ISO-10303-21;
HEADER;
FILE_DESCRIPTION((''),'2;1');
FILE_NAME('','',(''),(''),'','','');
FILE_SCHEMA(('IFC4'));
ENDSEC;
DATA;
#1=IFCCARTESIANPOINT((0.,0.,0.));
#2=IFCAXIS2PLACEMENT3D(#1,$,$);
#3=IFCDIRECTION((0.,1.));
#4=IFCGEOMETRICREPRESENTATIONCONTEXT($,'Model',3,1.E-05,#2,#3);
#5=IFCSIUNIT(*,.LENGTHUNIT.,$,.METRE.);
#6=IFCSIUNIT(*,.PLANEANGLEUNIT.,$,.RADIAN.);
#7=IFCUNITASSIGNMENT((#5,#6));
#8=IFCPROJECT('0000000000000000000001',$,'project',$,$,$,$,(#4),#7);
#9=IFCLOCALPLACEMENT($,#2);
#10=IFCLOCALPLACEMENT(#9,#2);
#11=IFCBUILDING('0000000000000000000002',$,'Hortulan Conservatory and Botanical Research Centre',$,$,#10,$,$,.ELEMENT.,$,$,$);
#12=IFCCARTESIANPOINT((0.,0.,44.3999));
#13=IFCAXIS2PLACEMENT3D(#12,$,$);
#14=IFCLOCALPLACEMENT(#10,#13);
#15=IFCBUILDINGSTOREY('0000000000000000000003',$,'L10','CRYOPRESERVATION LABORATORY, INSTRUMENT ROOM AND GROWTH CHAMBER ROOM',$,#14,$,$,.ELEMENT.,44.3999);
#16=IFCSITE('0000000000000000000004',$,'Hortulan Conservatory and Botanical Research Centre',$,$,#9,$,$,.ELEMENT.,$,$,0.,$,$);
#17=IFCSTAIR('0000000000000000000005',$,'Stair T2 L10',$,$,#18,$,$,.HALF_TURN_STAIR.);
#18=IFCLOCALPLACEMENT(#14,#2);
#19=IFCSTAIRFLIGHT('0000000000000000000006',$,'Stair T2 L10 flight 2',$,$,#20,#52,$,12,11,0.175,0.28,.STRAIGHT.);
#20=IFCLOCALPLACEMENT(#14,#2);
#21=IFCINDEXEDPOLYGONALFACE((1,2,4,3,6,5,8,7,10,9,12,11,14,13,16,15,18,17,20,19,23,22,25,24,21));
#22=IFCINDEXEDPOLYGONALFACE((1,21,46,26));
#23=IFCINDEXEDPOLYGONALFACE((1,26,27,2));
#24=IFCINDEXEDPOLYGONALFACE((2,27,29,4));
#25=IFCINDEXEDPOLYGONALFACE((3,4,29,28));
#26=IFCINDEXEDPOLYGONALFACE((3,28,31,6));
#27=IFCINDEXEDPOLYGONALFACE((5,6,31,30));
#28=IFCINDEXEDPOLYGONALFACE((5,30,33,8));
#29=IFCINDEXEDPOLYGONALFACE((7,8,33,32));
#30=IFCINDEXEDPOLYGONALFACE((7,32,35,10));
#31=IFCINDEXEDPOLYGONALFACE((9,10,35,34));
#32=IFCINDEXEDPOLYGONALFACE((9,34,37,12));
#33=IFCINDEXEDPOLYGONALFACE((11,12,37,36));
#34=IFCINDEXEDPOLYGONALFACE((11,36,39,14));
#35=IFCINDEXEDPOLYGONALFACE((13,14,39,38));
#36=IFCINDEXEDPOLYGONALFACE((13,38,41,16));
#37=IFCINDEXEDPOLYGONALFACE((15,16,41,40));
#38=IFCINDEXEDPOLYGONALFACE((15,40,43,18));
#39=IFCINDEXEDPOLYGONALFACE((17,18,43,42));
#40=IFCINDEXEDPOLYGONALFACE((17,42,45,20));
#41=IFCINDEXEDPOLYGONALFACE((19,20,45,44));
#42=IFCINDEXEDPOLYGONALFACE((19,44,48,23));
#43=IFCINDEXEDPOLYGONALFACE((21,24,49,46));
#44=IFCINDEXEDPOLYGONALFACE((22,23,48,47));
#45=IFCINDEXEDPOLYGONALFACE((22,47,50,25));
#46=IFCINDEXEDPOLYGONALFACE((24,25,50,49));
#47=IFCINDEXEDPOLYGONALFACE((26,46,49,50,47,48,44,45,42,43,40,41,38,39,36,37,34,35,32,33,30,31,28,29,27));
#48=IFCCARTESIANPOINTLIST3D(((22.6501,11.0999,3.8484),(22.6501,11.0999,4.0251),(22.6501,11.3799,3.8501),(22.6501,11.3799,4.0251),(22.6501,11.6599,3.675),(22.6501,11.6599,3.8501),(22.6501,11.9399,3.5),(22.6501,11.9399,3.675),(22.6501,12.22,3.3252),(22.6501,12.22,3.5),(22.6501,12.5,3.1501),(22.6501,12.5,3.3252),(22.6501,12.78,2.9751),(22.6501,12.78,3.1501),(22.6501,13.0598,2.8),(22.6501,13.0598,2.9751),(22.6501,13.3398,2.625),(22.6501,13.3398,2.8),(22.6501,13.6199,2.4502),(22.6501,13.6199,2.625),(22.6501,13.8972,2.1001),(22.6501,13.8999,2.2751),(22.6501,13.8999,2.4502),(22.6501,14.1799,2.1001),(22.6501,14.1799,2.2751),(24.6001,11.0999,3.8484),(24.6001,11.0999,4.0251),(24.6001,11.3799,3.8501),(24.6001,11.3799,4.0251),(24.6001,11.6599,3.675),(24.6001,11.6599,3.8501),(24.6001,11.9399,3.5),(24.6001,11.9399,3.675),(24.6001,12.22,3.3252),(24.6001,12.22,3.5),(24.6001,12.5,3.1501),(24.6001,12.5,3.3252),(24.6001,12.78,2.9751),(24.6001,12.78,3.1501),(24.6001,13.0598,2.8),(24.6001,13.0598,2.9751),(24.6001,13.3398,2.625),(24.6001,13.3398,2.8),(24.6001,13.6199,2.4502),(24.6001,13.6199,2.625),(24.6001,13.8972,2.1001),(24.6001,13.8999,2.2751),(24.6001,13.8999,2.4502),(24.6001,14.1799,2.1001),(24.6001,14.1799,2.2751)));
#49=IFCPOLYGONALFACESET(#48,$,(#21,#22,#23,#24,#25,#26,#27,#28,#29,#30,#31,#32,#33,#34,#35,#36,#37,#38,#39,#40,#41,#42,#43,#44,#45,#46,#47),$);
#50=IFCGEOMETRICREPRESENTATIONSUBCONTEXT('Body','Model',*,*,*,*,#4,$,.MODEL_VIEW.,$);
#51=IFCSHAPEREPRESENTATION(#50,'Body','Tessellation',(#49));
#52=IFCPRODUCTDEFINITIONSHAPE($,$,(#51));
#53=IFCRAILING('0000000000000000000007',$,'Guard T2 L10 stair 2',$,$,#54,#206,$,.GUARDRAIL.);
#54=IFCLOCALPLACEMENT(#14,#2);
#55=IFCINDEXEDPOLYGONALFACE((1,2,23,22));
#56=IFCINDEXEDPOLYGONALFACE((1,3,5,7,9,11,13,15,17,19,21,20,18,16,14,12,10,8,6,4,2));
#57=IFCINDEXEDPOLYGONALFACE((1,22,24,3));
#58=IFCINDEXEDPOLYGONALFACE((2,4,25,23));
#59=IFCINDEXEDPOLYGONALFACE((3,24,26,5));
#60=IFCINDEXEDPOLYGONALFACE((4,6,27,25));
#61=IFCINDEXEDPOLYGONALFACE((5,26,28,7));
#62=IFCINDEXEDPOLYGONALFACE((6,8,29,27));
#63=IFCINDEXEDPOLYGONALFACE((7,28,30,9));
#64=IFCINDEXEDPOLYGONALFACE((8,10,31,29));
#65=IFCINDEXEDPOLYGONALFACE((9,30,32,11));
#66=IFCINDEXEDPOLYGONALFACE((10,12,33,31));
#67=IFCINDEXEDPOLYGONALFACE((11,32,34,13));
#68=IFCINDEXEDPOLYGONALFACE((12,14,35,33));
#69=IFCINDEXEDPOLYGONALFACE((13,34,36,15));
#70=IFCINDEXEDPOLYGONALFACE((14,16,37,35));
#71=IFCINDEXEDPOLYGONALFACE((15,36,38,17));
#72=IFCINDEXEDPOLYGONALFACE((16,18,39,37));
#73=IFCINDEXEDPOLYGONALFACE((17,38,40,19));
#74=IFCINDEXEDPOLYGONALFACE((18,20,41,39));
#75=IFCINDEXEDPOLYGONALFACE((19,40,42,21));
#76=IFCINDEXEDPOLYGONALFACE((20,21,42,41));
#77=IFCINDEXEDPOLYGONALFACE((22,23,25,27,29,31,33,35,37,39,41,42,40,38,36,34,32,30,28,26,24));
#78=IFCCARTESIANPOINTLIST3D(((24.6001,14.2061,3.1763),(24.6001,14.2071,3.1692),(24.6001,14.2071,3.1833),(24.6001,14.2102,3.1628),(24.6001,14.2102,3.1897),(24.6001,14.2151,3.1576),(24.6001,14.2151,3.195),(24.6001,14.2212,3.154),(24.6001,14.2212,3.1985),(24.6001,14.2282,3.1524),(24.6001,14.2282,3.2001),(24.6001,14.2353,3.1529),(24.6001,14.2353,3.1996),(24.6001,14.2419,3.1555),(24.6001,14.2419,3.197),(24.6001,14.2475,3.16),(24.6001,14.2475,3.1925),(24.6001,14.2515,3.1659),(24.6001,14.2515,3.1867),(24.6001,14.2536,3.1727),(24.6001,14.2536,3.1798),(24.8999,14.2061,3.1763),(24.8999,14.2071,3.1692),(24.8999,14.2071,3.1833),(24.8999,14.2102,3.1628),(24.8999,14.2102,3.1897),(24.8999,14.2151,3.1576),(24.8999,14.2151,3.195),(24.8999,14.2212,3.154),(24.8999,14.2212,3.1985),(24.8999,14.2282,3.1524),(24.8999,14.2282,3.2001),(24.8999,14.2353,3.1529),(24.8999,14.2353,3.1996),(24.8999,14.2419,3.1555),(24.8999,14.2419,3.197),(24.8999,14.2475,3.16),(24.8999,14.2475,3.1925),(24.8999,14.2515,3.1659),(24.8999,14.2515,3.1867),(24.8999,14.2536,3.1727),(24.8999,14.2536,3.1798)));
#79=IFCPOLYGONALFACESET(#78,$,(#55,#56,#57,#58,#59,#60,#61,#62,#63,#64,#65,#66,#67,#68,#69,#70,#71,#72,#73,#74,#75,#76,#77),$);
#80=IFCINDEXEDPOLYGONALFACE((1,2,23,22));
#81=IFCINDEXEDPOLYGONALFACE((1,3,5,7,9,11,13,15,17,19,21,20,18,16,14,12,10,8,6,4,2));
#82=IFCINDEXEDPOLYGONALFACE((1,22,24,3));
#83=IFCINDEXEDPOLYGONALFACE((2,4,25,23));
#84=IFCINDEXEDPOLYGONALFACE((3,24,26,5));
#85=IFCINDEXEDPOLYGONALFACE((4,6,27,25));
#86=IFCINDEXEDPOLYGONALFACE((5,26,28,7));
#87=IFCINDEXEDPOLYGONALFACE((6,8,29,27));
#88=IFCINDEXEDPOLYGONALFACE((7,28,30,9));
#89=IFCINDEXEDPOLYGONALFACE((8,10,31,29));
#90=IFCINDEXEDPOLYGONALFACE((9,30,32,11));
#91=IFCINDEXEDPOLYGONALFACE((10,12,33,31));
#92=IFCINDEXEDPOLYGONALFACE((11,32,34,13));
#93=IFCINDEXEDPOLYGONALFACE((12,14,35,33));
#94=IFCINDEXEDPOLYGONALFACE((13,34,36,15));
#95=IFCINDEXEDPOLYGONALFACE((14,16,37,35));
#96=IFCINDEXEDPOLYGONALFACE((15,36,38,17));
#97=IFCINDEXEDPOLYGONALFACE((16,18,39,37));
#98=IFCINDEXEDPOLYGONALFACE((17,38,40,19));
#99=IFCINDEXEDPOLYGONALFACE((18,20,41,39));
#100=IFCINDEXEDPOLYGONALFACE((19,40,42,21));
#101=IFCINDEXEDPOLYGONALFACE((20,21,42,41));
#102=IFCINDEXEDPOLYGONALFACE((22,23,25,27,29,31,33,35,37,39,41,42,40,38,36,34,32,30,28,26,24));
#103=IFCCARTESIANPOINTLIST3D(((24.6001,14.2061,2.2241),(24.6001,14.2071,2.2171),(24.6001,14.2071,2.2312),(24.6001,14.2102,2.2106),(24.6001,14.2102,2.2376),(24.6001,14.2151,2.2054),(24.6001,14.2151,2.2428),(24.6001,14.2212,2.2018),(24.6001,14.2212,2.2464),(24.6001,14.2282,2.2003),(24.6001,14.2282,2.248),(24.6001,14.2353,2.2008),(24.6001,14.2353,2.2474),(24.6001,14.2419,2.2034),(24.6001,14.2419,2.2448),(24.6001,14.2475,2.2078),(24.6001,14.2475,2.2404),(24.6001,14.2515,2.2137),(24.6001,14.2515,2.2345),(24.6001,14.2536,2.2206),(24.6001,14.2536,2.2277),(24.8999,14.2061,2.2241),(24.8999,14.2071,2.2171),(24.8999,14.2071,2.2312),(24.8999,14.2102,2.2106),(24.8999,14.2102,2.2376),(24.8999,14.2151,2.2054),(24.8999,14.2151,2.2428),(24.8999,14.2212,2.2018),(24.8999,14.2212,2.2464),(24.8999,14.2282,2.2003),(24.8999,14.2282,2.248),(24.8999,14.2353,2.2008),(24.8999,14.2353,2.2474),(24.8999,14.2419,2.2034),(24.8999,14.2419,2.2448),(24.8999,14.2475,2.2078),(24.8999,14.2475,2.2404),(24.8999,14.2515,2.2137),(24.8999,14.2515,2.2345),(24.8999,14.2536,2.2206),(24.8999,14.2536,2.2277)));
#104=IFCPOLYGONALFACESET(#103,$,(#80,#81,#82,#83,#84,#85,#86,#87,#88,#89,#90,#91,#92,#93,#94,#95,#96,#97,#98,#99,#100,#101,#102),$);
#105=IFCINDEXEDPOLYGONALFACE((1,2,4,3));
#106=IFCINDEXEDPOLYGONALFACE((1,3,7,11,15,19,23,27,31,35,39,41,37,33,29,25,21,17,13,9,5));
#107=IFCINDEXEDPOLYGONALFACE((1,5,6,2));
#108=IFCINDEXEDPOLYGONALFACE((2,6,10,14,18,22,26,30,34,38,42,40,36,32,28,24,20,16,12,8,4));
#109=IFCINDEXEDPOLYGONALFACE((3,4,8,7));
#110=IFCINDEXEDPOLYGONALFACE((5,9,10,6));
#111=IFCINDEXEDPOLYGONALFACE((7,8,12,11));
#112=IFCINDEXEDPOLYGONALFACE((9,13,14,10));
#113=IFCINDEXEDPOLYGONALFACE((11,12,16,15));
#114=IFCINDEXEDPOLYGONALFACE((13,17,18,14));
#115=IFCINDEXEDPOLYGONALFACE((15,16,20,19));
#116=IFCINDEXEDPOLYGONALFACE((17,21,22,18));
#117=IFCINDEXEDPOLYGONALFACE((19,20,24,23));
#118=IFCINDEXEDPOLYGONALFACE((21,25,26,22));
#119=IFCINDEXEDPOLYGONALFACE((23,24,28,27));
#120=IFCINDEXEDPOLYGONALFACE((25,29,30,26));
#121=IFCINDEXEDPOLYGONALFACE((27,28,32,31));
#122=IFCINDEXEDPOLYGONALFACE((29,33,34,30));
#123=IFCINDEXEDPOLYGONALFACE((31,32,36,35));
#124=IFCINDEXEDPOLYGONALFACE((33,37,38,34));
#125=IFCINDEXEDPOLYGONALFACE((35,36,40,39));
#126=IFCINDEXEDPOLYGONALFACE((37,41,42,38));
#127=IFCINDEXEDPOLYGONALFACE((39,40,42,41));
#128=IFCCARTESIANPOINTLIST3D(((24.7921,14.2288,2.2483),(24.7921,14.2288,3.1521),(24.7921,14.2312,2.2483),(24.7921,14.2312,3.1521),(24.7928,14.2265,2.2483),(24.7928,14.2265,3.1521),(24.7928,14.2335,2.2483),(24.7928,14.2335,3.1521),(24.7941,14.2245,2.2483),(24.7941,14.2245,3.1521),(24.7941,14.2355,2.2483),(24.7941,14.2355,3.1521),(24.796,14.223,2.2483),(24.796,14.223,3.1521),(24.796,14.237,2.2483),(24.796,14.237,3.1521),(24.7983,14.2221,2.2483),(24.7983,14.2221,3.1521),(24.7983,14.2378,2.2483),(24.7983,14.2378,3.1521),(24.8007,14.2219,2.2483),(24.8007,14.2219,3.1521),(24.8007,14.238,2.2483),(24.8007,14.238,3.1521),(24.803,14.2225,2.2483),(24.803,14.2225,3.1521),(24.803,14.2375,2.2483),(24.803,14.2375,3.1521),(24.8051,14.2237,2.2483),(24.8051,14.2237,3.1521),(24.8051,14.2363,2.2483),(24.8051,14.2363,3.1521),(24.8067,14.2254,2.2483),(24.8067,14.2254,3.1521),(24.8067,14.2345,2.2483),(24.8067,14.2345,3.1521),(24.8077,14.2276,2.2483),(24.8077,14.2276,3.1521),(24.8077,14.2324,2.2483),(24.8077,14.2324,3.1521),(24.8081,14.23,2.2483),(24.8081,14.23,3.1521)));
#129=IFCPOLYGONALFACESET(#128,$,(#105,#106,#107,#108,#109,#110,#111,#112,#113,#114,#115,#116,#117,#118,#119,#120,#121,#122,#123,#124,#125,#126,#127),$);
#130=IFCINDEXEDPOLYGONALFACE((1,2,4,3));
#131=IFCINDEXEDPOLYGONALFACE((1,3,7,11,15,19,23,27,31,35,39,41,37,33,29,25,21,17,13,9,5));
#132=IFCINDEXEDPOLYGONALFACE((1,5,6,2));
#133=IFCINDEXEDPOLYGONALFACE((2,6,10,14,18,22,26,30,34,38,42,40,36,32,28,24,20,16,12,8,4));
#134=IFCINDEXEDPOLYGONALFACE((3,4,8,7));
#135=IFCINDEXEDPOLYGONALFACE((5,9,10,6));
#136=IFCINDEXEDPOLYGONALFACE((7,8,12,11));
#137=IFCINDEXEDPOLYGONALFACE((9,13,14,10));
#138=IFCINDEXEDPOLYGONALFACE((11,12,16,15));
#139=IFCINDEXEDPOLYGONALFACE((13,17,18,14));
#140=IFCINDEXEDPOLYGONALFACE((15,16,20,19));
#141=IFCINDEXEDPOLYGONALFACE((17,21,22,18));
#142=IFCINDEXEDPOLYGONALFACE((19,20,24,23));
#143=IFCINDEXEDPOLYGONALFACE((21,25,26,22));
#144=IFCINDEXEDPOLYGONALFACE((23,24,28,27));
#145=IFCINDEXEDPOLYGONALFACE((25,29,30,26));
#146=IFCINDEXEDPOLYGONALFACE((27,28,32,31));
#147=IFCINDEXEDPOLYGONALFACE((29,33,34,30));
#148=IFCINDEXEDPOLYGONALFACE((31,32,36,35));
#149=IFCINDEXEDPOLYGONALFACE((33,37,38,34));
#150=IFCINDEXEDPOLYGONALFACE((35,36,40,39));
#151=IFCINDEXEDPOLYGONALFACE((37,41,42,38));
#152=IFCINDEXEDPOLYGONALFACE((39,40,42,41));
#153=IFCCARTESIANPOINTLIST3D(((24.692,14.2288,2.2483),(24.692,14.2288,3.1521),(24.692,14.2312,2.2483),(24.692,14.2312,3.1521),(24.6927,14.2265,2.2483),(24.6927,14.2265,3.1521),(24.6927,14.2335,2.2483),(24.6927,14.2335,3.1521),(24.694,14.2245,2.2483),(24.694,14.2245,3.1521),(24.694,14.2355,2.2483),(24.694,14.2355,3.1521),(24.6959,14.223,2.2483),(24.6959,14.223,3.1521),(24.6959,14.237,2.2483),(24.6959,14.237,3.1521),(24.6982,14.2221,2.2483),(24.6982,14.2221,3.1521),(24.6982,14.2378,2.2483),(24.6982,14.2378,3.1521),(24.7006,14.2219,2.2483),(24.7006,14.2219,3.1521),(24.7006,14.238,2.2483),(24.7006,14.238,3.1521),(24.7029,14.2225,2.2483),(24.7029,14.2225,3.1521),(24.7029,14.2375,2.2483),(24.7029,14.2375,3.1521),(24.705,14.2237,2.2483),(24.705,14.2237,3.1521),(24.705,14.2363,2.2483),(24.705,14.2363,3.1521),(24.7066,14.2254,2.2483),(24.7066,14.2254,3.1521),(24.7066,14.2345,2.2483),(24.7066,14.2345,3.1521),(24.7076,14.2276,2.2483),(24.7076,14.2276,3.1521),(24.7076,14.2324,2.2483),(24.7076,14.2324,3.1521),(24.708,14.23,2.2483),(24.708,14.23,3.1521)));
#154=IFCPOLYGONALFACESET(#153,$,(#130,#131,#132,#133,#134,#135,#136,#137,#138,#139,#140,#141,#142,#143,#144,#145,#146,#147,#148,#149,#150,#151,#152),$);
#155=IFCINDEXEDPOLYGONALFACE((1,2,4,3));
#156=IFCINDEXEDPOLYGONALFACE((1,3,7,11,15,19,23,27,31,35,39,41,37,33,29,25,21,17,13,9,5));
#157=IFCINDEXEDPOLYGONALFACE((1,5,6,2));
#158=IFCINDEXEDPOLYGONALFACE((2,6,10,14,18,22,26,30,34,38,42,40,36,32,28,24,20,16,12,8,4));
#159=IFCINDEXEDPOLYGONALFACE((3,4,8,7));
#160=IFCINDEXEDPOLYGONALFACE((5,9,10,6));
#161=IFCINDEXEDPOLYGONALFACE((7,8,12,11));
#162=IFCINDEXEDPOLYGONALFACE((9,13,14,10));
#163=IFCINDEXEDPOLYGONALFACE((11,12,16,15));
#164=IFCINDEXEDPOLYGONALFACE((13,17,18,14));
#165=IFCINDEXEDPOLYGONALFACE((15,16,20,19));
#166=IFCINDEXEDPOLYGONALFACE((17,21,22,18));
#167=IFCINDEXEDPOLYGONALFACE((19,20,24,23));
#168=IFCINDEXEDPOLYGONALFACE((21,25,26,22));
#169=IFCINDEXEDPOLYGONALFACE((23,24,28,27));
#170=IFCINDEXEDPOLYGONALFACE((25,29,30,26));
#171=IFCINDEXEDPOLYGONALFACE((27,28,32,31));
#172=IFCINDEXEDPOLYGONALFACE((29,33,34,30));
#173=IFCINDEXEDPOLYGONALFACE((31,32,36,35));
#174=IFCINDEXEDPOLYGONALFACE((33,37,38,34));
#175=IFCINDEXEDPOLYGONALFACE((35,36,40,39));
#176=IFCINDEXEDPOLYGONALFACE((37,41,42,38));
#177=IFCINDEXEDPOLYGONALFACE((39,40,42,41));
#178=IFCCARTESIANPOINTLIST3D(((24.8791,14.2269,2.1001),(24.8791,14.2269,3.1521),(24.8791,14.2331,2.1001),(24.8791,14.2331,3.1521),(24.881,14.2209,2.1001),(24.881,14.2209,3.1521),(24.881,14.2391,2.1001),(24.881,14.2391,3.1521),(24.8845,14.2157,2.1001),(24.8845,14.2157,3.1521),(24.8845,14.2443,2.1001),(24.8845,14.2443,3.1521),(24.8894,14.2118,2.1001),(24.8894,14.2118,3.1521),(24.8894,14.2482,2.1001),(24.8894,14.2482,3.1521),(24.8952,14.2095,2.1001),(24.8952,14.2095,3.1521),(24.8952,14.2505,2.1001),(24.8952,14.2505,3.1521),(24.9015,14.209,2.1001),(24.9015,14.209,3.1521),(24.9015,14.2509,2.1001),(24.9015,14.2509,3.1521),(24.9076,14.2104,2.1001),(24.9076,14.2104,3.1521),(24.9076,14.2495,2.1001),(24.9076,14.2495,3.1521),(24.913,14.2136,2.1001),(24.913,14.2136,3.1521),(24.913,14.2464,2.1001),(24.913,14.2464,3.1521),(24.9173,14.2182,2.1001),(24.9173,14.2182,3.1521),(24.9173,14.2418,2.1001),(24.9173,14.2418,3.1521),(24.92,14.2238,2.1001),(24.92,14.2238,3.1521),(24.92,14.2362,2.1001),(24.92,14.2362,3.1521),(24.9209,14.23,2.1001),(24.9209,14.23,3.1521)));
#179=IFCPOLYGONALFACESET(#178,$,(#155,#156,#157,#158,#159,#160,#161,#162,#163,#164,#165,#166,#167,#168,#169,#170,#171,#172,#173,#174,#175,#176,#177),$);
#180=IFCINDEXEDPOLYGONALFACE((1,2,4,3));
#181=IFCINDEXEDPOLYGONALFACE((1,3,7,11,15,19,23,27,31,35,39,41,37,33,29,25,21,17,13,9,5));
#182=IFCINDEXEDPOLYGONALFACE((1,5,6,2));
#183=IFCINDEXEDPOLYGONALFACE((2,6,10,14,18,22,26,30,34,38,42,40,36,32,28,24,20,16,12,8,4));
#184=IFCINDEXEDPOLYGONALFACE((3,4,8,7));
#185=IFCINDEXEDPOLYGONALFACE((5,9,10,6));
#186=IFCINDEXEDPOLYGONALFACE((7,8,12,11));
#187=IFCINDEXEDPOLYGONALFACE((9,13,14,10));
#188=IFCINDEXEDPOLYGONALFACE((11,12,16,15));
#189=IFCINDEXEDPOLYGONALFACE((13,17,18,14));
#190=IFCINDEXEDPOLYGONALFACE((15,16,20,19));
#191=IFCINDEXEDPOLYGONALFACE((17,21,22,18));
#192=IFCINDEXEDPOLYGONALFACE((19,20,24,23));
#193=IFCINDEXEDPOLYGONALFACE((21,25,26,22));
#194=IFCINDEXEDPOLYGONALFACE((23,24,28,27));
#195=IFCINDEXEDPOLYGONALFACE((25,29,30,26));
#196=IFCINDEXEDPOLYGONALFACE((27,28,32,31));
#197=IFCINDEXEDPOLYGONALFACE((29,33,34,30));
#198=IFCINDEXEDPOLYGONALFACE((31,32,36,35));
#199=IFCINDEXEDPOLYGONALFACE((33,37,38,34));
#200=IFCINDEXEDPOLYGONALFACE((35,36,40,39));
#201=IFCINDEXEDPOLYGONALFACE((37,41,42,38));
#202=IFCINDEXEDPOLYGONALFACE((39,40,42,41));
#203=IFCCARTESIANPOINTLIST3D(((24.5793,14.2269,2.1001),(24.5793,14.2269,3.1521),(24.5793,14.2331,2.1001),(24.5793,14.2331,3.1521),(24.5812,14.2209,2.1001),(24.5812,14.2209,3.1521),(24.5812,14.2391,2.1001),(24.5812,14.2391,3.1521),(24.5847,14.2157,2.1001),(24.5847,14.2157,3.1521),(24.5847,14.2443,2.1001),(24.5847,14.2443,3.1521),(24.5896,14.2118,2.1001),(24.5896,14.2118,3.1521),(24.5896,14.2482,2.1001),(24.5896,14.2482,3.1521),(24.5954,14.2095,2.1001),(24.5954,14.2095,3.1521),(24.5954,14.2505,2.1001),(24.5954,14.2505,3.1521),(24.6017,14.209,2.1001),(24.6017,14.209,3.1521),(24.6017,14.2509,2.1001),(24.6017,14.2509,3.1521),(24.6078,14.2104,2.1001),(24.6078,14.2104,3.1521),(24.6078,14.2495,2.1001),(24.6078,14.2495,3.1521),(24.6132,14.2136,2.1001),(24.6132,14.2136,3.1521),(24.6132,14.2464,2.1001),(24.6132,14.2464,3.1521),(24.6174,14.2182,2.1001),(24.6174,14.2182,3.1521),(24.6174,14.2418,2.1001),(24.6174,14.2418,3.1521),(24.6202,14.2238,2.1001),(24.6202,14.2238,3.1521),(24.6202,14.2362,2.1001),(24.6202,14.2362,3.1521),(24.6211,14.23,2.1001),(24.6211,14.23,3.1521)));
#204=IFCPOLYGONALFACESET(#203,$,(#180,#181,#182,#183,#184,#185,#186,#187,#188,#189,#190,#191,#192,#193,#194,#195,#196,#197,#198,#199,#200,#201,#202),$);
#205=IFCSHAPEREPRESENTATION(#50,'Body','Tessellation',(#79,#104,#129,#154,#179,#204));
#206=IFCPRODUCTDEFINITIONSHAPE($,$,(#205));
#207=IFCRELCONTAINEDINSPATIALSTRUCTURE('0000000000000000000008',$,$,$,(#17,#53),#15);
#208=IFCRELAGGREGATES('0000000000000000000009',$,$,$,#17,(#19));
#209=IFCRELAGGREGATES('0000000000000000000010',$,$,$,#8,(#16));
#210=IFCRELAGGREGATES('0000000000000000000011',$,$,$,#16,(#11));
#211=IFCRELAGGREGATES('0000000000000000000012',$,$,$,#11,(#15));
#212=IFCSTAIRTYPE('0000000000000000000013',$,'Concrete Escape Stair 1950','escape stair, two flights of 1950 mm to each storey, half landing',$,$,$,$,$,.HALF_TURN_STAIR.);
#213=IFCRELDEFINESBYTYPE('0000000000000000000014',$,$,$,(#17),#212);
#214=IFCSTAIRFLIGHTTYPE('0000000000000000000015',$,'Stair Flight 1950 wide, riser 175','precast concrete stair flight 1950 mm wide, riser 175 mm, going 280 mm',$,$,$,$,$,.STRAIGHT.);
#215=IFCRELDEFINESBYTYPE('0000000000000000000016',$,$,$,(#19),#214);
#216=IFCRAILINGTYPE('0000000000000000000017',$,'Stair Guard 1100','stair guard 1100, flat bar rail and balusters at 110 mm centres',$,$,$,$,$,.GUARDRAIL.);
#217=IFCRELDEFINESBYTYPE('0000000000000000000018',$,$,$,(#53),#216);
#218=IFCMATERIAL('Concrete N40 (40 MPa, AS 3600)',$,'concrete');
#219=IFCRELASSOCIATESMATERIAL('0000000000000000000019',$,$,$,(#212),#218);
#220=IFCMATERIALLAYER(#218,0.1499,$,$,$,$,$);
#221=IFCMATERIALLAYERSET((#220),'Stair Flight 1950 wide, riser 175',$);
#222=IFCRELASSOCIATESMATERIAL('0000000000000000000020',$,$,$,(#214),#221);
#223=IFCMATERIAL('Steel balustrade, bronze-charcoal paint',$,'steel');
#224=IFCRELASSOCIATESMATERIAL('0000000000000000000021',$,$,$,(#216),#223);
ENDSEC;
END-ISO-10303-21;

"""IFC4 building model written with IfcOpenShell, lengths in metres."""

from ifc_helpers import new_model, si_unit, direction, frame, origin, origin_2d, place, context, subcontext, project, spatial, polyline, circle, outline, extrude, material, layer, layer_set, type_object, element, aggregate, save


model = new_model("IFC4")

# Units and contexts
model_context = context("Model", 3, precision=1e-05, world=origin(), true_north=direction((0.0, 1.0)))
body_context = subcontext(model_context, "Body", "Model", "MODEL_VIEW")
ifc_project = project(units=[si_unit("LENGTHUNIT", "METRE"), si_unit("PLANEANGLEUNIT", "RADIAN")], contexts=[model_context])

# Site, building, storey
site_placement = place(None, origin())
site = spatial("IfcSite", under=ifc_project, at=site_placement, Name="Hortulan Conservatory and Botanical Research Centre", CompositionType="ELEMENT", RefElevation=0.0)
building_placement = place(site_placement, origin())
building = spatial("IfcBuilding", under=site, at=building_placement, Name="Hortulan Conservatory and Botanical Research Centre", CompositionType="ELEMENT")
storey_placement = place(building_placement, frame((0.0, 0.0, 44.3999)))
storey = spatial("IfcBuildingStorey", under=building, at=storey_placement, Name="L10", Description="CRYOPRESERVATION LABORATORY, INSTRUMENT ROOM AND GROWTH CHAMBER ROOM", CompositionType="ELEMENT", Elevation=44.3999)

# Shared definitions
ifc_material_1 = material(Name="Concrete N40 (40 MPa, AS 3600)", Category="concrete")

# Stair, stair flight
stair_type = type_object("IfcStairType", Name="Concrete Escape Stair 1950", Description="escape stair, two flights of 1950 mm to each storey, half landing", PredefinedType="HALF_TURN_STAIR", material=ifc_material_1)
stair_placement = place(storey_placement, origin())
stair = element("IfcStair", 1, at=stair_placement, inside=storey, type_object=stair_type, Name="Stair T2 L10", PredefinedType="HALF_TURN_STAIR")
ifc_layer_1 = layer(ifc_material_1, 0.1499)
ifc_layer_set_1 = layer_set([ifc_layer_1], Name="Stair Flight 1950 wide, riser 175")
stair_flight_type = type_object("IfcStairFlightType", Name="Stair Flight 1950 wide, riser 175", Description="precast concrete stair flight 1950 mm wide, riser 175 mm, going 280 mm", PredefinedType="STRAIGHT", material=ifc_layer_set_1)
stair_flight_placement = place(storey_placement, frame((23.625, 14.1799, 2.1001), z_axis=(0.0, 0.0, 1.0), x_axis=(0.0, -1.0, 0.0)))
stair_flight = element("IfcStairFlight", 2, at=stair_flight_placement, type_object=stair_flight_type, Name="Stair T2 L10 flight 2", NumberOfRisers=12, NumberOfTreads=11, PredefinedType="STRAIGHT", RiserHeight=0.175, TreadLength=0.28, context=body_context, shape_type="SweptSolid", body=[
    extrude(outline(polyline([(0.0, 0.0), (0.0, 0.175), (0.28, 0.175), (0.28, 0.3501), (0.5601, 0.3501), (0.5601, 0.5249), (0.8401, 0.5249), (0.8401, 0.7), (1.1201, 0.7), (1.1201, 0.875), (1.3999, 0.875), (1.3999, 1.05), (1.6799, 1.05), (1.6799, 1.2251), (1.96, 1.2251), (1.96, 1.3999), (2.24, 1.3999), (2.24, 1.575), (2.52, 1.575), (2.52, 1.75), (2.8, 1.75), (2.8, 1.925), (3.0801, 1.925), (3.0801, 2.1001), (3.0801, 1.7483), (0.2827, 0.0), (0.0, 0.0)])), frame((0.0, 0.9751, 0.0), z_axis=(0.0, -1.0, 0.0), x_axis=(1.0, 0.0, 0.0)), (0.0, 0.0, 1.0), 1.95),
])
aggregate(stair, [stair_flight])

# Railing
ifc_material_2 = material(Name="Steel balustrade, bronze-charcoal paint", Category="steel")
railing_type_1 = type_object("IfcRailingType", Name="Stair Guard 1100", Description="stair guard 1100, flat bar rail and balusters at 110 mm centres", PredefinedType="GUARDRAIL", material=ifc_material_2)
railing_1_placement = place(storey_placement, frame((24.8999, 14.23, 2.1001)))
element("IfcRailing", 3, at=railing_1_placement, inside=storey, type_object=railing_type_1, Name="Guard T2 L10 stair 2", PredefinedType="GUARDRAIL", context=body_context, shape_type="SweptSolid", body=[
    extrude(circle(Radius=0.0239, at=origin_2d()), frame((0.0, 0.0, 1.0762), z_axis=(-1.0, 0.0, 0.0), x_axis=(0.0, -1.0, 0.0)), (0.0, 0.0, 1.0), 0.2998),
    extrude(circle(Radius=0.0239, at=origin_2d()), frame((0.0, 0.0, 0.124), z_axis=(-1.0, 0.0, 0.0), x_axis=(0.0, -1.0, 0.0)), (0.0, 0.0, 1.0), 0.2998),
    extrude(circle(Radius=0.0081, at=origin_2d()), frame((-0.0999, 0.0, 0.1482)), (0.0, 0.0, 1.0), 0.9038),
    extrude(circle(Radius=0.0081, at=origin_2d()), frame((-0.2, 0.0, 0.1482)), (0.0, 0.0, 1.0), 0.9038),
    extrude(circle(Radius=0.021, at=origin_2d()), origin(), (0.0, 0.0, 1.0), 1.052),
    extrude(circle(Radius=0.021, at=origin_2d()), frame((-0.2998, 0.0, 0.0)), (0.0, 0.0, 1.0), 1.052),
])

save(model, "model.ifc")
